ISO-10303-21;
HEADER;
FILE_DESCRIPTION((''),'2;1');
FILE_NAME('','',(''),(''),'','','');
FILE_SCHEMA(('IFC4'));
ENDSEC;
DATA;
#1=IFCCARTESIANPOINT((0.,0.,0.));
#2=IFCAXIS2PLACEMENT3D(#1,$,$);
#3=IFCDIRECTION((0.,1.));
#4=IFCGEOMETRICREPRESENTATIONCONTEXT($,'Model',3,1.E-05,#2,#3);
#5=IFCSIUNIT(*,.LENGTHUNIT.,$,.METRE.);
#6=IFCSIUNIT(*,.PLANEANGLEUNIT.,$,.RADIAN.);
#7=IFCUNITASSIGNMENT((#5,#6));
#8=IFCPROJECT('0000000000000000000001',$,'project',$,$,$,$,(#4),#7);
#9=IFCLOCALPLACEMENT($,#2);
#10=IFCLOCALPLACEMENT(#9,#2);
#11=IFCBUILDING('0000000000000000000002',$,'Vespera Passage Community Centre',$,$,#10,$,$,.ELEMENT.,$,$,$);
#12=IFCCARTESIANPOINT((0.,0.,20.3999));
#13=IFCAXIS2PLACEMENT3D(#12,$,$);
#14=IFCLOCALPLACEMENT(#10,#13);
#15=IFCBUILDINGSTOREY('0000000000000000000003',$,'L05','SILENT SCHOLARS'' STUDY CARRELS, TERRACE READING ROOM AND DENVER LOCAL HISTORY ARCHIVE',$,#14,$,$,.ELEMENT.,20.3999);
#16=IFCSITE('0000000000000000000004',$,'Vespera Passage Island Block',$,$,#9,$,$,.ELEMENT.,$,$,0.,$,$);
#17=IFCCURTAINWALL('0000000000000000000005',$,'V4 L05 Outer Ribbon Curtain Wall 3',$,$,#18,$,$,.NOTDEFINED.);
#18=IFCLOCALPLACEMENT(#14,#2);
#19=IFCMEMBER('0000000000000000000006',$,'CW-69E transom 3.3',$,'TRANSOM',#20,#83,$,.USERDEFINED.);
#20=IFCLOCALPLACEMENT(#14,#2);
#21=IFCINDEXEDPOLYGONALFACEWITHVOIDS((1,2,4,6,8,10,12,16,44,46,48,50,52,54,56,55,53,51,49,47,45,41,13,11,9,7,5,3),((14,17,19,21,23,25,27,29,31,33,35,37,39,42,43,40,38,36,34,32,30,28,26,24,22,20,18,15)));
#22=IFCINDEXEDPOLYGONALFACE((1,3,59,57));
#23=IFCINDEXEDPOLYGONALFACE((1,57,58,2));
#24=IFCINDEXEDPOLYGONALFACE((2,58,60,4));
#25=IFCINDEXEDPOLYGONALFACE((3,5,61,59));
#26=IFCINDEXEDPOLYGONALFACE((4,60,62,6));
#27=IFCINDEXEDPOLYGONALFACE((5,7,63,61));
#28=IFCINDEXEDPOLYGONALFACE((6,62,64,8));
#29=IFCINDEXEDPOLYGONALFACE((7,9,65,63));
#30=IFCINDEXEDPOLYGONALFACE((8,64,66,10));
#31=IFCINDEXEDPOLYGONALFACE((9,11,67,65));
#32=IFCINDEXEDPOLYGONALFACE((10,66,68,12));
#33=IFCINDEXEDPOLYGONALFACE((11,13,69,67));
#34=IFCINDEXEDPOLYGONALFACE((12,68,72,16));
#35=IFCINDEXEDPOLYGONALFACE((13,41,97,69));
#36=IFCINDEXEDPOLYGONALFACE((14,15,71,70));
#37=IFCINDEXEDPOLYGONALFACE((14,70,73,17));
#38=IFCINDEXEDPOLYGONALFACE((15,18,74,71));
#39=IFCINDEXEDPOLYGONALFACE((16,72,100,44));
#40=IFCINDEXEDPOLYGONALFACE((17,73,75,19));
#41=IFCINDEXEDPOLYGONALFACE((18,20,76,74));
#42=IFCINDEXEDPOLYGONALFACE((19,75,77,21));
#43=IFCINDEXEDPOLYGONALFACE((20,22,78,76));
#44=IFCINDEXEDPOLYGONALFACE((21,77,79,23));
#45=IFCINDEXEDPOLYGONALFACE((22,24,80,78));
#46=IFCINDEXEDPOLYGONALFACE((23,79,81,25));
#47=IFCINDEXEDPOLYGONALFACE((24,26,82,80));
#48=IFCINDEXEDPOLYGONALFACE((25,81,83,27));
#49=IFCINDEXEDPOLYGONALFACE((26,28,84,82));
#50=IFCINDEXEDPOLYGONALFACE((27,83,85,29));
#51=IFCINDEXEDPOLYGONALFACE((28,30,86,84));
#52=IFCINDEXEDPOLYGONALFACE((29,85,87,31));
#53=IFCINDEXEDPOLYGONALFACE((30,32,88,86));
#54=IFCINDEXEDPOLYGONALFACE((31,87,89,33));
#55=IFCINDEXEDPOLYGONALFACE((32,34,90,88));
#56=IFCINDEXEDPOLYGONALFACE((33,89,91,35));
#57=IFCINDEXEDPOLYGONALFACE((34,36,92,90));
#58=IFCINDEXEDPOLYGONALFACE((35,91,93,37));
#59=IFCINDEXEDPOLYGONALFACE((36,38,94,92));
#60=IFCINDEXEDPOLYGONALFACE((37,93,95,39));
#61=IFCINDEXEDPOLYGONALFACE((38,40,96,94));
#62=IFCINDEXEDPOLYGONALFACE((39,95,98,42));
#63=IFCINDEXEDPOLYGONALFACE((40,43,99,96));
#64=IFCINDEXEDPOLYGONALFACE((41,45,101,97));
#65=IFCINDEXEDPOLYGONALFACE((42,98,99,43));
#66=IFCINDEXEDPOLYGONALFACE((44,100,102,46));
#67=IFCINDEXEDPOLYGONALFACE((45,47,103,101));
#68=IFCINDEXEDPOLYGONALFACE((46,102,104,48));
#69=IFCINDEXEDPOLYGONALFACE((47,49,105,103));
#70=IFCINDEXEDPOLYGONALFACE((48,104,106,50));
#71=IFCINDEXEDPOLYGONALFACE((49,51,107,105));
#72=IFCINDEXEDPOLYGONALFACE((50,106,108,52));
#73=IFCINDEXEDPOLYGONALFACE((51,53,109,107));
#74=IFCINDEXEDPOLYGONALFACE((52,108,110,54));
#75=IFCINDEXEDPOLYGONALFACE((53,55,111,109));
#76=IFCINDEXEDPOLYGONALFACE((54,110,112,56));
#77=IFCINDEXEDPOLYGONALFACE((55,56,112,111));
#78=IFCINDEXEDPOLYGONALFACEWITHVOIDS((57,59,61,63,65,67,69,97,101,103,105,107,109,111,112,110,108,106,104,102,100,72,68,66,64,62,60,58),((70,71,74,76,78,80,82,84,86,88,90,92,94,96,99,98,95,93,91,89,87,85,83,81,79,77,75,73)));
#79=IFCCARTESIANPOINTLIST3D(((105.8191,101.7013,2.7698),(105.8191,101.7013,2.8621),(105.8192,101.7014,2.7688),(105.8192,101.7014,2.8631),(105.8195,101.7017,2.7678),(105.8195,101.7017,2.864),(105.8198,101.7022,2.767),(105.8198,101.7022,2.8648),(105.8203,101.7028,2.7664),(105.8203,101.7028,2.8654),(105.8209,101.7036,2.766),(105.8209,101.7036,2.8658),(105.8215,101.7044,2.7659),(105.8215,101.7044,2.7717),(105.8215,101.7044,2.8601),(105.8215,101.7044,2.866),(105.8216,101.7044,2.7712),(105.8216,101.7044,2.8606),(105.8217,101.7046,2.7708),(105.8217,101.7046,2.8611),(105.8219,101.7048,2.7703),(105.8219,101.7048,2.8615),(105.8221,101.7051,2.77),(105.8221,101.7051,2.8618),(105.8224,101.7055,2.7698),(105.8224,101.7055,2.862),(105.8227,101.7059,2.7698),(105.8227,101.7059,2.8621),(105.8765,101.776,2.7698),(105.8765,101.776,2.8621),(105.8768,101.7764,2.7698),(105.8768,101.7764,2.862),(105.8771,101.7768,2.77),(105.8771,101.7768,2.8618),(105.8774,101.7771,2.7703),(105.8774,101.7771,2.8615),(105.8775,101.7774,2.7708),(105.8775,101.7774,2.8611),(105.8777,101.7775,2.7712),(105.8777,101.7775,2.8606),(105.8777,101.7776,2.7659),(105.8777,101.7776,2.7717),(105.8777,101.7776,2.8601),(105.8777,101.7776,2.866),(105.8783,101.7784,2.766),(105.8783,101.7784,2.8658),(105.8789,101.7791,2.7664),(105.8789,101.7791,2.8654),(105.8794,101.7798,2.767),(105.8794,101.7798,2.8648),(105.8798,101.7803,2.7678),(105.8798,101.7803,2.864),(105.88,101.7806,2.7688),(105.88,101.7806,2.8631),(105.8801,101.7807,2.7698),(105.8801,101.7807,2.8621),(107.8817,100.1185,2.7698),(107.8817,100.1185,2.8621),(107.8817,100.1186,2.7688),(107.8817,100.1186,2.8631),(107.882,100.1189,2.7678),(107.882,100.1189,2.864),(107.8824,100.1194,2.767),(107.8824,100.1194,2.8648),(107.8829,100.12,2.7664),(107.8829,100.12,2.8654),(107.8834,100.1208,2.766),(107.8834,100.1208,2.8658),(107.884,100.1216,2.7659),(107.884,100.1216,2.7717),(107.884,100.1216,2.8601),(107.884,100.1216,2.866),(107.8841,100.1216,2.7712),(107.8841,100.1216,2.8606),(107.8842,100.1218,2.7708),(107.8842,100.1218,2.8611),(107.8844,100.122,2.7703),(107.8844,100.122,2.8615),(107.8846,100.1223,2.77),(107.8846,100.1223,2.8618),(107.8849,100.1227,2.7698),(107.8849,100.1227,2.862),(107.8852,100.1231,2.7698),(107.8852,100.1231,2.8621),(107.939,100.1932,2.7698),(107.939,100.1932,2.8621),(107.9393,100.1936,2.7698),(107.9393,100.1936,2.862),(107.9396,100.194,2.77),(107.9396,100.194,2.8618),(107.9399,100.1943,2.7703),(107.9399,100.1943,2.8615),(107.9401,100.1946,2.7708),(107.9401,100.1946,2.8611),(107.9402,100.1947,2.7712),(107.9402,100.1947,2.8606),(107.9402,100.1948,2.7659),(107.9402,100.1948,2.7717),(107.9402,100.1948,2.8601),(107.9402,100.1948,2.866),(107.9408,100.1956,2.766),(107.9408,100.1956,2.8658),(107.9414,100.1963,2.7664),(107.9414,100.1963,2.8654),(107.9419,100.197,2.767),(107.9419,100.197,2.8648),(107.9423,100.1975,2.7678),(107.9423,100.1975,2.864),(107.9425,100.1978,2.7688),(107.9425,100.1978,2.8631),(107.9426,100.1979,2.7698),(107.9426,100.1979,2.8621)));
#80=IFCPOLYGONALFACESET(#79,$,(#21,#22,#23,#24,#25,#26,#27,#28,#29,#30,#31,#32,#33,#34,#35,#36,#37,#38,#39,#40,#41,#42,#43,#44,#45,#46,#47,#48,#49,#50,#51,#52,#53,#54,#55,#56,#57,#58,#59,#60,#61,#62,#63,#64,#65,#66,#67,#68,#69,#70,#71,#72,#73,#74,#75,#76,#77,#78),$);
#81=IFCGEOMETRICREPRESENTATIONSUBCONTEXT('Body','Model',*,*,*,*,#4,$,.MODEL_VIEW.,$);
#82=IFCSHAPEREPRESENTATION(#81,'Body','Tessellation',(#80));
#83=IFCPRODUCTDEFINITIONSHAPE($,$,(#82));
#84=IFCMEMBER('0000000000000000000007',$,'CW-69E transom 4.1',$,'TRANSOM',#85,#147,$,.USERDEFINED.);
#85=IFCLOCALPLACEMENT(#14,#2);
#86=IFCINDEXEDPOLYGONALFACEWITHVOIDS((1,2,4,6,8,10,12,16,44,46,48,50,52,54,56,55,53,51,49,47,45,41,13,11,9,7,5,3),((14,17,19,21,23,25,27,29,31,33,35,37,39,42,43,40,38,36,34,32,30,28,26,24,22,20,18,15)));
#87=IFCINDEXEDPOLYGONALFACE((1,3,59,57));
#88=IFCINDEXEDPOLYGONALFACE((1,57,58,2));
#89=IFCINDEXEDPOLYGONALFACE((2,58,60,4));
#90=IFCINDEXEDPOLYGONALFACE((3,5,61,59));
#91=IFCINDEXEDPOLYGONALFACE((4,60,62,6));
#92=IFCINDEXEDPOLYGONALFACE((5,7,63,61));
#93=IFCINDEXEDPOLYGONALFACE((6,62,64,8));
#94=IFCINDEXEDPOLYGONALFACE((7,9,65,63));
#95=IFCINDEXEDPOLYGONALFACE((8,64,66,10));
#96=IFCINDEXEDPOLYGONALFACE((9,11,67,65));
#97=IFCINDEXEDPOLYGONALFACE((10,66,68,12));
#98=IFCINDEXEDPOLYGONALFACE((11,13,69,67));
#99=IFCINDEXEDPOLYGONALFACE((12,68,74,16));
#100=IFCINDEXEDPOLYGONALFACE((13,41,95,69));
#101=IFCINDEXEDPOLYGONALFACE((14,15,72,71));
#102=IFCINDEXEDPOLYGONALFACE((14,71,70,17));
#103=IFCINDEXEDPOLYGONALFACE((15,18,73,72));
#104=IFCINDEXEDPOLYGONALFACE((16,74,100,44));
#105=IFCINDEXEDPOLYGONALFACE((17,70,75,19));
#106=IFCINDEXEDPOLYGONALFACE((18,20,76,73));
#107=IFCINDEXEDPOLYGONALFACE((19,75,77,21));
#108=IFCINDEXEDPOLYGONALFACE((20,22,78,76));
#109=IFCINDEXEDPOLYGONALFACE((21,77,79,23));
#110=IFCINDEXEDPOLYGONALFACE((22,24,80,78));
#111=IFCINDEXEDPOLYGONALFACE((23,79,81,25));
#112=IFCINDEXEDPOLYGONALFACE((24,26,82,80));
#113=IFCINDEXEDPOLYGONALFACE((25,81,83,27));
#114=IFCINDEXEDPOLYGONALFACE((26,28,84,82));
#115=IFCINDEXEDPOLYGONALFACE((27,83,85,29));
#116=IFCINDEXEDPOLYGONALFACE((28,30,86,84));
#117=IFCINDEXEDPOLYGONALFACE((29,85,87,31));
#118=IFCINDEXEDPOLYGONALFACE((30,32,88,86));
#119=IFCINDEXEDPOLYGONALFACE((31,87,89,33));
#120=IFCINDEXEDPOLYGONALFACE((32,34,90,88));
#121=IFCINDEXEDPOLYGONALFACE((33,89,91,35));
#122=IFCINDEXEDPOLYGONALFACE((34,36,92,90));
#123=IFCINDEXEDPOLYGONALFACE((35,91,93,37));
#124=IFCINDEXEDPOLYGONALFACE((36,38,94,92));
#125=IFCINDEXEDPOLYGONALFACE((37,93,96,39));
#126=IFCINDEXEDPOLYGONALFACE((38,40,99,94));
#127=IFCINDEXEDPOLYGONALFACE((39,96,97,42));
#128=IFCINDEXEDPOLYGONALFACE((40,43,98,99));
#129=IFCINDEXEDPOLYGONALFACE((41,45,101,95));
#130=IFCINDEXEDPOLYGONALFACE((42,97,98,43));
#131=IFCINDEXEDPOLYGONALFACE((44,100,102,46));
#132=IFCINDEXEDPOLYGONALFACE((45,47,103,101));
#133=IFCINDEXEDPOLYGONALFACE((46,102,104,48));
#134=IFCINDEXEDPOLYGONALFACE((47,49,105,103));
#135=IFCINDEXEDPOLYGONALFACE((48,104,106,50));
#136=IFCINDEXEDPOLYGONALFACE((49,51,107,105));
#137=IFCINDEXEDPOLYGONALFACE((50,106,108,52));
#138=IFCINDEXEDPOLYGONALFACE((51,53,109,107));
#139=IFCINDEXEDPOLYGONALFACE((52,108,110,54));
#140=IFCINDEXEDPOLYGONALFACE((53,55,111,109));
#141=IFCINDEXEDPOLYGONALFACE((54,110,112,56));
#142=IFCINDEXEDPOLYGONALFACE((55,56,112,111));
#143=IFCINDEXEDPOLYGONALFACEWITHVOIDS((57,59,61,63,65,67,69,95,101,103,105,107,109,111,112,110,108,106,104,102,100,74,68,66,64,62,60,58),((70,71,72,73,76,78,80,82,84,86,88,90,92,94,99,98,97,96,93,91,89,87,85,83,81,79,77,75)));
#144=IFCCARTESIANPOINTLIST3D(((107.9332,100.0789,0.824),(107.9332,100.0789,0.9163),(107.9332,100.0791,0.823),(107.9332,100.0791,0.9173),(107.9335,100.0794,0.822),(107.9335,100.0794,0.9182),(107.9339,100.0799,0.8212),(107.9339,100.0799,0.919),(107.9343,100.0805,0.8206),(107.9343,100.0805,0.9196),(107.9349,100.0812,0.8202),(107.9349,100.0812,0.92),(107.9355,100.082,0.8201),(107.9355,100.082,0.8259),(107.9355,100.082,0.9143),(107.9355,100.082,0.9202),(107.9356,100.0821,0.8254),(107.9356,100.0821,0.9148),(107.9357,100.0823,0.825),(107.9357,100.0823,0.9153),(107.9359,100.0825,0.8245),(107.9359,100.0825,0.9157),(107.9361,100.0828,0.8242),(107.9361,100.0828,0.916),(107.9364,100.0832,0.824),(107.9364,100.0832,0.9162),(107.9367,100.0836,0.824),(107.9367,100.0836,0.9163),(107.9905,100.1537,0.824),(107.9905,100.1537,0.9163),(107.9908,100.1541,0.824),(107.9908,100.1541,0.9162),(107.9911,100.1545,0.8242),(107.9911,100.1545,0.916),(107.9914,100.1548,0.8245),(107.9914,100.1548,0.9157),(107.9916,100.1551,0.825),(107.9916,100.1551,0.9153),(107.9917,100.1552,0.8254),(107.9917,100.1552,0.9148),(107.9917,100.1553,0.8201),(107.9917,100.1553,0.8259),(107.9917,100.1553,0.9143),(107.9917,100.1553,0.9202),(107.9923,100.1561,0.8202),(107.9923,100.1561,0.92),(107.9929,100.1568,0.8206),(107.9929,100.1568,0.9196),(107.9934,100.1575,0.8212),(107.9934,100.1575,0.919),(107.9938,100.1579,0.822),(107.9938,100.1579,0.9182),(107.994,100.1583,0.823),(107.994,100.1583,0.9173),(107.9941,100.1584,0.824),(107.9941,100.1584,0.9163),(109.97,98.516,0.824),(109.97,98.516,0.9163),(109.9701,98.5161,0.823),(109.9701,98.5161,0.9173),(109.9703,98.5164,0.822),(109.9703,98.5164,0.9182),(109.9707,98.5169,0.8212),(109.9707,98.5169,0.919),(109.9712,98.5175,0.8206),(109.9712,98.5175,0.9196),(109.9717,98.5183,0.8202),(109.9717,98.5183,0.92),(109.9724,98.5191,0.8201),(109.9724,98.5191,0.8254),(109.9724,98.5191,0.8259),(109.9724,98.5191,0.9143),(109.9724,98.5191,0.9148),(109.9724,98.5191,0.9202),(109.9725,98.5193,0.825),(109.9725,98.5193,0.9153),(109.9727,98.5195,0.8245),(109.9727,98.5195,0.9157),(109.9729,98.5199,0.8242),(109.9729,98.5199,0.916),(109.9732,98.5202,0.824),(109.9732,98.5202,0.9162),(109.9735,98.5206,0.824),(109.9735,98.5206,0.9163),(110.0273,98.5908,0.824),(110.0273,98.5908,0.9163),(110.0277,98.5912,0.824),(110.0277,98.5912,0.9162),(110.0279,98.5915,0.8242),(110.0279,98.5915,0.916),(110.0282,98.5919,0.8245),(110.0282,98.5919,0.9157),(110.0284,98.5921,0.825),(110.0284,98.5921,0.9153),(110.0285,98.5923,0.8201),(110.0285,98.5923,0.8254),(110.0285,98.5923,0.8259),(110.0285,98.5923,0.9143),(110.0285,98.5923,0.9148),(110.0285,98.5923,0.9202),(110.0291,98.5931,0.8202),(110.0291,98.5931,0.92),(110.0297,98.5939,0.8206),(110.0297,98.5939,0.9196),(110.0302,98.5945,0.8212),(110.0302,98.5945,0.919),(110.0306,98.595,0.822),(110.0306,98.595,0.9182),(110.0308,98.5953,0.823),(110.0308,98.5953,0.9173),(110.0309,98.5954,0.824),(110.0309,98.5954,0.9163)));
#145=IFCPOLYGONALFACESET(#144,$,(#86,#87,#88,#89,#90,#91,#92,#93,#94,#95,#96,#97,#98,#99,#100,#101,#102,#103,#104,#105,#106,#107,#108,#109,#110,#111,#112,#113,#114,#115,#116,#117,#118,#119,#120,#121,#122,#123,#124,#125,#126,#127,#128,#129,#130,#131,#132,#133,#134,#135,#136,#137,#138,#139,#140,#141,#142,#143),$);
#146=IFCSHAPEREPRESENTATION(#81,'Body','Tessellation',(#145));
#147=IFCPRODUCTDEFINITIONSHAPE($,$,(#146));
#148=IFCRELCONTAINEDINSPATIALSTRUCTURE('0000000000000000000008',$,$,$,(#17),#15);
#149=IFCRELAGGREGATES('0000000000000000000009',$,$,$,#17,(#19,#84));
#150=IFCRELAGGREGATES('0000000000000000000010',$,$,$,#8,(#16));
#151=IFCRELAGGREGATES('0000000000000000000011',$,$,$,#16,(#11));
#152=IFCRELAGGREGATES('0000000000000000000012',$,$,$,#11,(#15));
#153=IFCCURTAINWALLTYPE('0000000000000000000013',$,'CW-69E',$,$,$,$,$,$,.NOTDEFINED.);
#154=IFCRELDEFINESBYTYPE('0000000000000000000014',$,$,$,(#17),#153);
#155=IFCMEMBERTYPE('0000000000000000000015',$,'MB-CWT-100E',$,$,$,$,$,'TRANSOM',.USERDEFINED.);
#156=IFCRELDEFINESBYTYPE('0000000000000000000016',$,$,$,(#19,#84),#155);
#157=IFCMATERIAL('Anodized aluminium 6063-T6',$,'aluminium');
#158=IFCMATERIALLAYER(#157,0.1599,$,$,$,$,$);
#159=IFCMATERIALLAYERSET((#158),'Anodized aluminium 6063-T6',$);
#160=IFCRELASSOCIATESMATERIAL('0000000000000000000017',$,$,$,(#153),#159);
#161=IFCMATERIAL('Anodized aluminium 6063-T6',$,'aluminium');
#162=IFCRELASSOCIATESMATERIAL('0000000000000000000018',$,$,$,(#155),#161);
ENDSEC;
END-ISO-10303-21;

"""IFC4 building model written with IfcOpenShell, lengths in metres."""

from ifc_helpers import new_model, si_unit, direction, frame, origin, origin_2d, place, context, subcontext, project, spatial, hollow_rectangle, extrude, material, layer, layer_set, material_profile, profile_set, type_object, element, aggregate, save


model = new_model("IFC4")

# Units and contexts
model_context = context("Model", 3, precision=1e-05, world=origin(), true_north=direction((0.0, 1.0)))
body_context = subcontext(model_context, "Body", "Model", "MODEL_VIEW")
ifc_project = project(units=[si_unit("LENGTHUNIT", "METRE"), si_unit("PLANEANGLEUNIT", "RADIAN")], contexts=[model_context])

# Site, building, storey
site_placement = place(None, origin())
site = spatial("IfcSite", under=ifc_project, at=site_placement, Name="Vespera Passage Island Block", CompositionType="ELEMENT", RefElevation=0.0)
building_placement = place(site_placement, origin())
building = spatial("IfcBuilding", under=site, at=building_placement, Name="Vespera Passage Community Centre", CompositionType="ELEMENT")
storey_placement = place(building_placement, frame((0.0, 0.0, 20.3999)))
storey = spatial("IfcBuildingStorey", under=building, at=storey_placement, Name="L05", Description="SILENT SCHOLARS' STUDY CARRELS, TERRACE READING ROOM AND DENVER LOCAL HISTORY ARCHIVE", CompositionType="ELEMENT", Elevation=20.3999)

# Curtain wall, members
ifc_material_1 = material(Name="Anodized aluminium 6063-T6", Category="aluminium")
ifc_layer_1 = layer(ifc_material_1, 0.1599)
ifc_layer_set_1 = layer_set([ifc_layer_1], Name="Anodized aluminium 6063-T6")
curtain_wall_type = type_object("IfcCurtainWallType", Name="CW-69E", PredefinedType="NOTDEFINED", material=ifc_layer_set_1)
curtain_wall_placement = place(storey_placement, origin())
curtain_wall = element("IfcCurtainWall", 1, at=curtain_wall_placement, inside=storey, type_object=curtain_wall_type, Name="V4 L05 Outer Ribbon Curtain Wall 3", PredefinedType="NOTDEFINED")
ifc_material_2 = material(Name="Anodized aluminium 6063-T6", Category="aluminium")
ifc_material_profile_1 = material_profile(ifc_material_2, hollow_rectangle(XDim=0.1001, YDim=0.1001, WallThickness=0.0039, InnerFilletRadius=0.002, OuterFilletRadius=0.0039, at=origin_2d()), Name="ALU100X100X4")
ifc_profile_set_1 = profile_set([ifc_material_profile_1], Name="Anodized aluminium 6063-T6")
member_type_1 = type_object("IfcMemberType", Name="MB-CWT-100E", ElementType="TRANSOM", PredefinedType="USERDEFINED", material=ifc_profile_set_1)
member_1_placement = place(storey_placement, frame((105.8496, 101.741, 2.8159), z_axis=(0.793325, -0.608798, 0.0), x_axis=(0.608798, 0.793325, 0.0)))
member_1 = element("IfcMember", 2, at=member_1_placement, type_object=member_type_1, Name="CW-69E transom 3.3", ObjectType="TRANSOM", PredefinedType="USERDEFINED", context=body_context, shape_type="SweptSolid", body=[
    extrude(hollow_rectangle(XDim=0.1001, YDim=0.1001, WallThickness=0.0039, InnerFilletRadius=0.002, OuterFilletRadius=0.0039, at=origin_2d()), origin(), (0.0, 0.0, 1.0), 2.5999),
])
member_2_placement = place(storey_placement, frame((107.9636, 100.1187, 0.8701), z_axis=(0.793345, -0.608773, 0.0), x_axis=(0.608773, 0.793345, 0.0)))
member_2 = element("IfcMember", 3, at=member_2_placement, type_object=member_type_1, Name="CW-69E transom 4.1", ObjectType="TRANSOM", PredefinedType="USERDEFINED", context=body_context, shape_type="SweptSolid", body=[
    extrude(hollow_rectangle(XDim=0.1001, YDim=0.1001, WallThickness=0.0039, InnerFilletRadius=0.002, OuterFilletRadius=0.0039, at=origin_2d()), origin(), (0.0, 0.0, 1.0), 2.5674),
])
aggregate(curtain_wall, [member_1, member_2])

save(model, "model.ifc")
